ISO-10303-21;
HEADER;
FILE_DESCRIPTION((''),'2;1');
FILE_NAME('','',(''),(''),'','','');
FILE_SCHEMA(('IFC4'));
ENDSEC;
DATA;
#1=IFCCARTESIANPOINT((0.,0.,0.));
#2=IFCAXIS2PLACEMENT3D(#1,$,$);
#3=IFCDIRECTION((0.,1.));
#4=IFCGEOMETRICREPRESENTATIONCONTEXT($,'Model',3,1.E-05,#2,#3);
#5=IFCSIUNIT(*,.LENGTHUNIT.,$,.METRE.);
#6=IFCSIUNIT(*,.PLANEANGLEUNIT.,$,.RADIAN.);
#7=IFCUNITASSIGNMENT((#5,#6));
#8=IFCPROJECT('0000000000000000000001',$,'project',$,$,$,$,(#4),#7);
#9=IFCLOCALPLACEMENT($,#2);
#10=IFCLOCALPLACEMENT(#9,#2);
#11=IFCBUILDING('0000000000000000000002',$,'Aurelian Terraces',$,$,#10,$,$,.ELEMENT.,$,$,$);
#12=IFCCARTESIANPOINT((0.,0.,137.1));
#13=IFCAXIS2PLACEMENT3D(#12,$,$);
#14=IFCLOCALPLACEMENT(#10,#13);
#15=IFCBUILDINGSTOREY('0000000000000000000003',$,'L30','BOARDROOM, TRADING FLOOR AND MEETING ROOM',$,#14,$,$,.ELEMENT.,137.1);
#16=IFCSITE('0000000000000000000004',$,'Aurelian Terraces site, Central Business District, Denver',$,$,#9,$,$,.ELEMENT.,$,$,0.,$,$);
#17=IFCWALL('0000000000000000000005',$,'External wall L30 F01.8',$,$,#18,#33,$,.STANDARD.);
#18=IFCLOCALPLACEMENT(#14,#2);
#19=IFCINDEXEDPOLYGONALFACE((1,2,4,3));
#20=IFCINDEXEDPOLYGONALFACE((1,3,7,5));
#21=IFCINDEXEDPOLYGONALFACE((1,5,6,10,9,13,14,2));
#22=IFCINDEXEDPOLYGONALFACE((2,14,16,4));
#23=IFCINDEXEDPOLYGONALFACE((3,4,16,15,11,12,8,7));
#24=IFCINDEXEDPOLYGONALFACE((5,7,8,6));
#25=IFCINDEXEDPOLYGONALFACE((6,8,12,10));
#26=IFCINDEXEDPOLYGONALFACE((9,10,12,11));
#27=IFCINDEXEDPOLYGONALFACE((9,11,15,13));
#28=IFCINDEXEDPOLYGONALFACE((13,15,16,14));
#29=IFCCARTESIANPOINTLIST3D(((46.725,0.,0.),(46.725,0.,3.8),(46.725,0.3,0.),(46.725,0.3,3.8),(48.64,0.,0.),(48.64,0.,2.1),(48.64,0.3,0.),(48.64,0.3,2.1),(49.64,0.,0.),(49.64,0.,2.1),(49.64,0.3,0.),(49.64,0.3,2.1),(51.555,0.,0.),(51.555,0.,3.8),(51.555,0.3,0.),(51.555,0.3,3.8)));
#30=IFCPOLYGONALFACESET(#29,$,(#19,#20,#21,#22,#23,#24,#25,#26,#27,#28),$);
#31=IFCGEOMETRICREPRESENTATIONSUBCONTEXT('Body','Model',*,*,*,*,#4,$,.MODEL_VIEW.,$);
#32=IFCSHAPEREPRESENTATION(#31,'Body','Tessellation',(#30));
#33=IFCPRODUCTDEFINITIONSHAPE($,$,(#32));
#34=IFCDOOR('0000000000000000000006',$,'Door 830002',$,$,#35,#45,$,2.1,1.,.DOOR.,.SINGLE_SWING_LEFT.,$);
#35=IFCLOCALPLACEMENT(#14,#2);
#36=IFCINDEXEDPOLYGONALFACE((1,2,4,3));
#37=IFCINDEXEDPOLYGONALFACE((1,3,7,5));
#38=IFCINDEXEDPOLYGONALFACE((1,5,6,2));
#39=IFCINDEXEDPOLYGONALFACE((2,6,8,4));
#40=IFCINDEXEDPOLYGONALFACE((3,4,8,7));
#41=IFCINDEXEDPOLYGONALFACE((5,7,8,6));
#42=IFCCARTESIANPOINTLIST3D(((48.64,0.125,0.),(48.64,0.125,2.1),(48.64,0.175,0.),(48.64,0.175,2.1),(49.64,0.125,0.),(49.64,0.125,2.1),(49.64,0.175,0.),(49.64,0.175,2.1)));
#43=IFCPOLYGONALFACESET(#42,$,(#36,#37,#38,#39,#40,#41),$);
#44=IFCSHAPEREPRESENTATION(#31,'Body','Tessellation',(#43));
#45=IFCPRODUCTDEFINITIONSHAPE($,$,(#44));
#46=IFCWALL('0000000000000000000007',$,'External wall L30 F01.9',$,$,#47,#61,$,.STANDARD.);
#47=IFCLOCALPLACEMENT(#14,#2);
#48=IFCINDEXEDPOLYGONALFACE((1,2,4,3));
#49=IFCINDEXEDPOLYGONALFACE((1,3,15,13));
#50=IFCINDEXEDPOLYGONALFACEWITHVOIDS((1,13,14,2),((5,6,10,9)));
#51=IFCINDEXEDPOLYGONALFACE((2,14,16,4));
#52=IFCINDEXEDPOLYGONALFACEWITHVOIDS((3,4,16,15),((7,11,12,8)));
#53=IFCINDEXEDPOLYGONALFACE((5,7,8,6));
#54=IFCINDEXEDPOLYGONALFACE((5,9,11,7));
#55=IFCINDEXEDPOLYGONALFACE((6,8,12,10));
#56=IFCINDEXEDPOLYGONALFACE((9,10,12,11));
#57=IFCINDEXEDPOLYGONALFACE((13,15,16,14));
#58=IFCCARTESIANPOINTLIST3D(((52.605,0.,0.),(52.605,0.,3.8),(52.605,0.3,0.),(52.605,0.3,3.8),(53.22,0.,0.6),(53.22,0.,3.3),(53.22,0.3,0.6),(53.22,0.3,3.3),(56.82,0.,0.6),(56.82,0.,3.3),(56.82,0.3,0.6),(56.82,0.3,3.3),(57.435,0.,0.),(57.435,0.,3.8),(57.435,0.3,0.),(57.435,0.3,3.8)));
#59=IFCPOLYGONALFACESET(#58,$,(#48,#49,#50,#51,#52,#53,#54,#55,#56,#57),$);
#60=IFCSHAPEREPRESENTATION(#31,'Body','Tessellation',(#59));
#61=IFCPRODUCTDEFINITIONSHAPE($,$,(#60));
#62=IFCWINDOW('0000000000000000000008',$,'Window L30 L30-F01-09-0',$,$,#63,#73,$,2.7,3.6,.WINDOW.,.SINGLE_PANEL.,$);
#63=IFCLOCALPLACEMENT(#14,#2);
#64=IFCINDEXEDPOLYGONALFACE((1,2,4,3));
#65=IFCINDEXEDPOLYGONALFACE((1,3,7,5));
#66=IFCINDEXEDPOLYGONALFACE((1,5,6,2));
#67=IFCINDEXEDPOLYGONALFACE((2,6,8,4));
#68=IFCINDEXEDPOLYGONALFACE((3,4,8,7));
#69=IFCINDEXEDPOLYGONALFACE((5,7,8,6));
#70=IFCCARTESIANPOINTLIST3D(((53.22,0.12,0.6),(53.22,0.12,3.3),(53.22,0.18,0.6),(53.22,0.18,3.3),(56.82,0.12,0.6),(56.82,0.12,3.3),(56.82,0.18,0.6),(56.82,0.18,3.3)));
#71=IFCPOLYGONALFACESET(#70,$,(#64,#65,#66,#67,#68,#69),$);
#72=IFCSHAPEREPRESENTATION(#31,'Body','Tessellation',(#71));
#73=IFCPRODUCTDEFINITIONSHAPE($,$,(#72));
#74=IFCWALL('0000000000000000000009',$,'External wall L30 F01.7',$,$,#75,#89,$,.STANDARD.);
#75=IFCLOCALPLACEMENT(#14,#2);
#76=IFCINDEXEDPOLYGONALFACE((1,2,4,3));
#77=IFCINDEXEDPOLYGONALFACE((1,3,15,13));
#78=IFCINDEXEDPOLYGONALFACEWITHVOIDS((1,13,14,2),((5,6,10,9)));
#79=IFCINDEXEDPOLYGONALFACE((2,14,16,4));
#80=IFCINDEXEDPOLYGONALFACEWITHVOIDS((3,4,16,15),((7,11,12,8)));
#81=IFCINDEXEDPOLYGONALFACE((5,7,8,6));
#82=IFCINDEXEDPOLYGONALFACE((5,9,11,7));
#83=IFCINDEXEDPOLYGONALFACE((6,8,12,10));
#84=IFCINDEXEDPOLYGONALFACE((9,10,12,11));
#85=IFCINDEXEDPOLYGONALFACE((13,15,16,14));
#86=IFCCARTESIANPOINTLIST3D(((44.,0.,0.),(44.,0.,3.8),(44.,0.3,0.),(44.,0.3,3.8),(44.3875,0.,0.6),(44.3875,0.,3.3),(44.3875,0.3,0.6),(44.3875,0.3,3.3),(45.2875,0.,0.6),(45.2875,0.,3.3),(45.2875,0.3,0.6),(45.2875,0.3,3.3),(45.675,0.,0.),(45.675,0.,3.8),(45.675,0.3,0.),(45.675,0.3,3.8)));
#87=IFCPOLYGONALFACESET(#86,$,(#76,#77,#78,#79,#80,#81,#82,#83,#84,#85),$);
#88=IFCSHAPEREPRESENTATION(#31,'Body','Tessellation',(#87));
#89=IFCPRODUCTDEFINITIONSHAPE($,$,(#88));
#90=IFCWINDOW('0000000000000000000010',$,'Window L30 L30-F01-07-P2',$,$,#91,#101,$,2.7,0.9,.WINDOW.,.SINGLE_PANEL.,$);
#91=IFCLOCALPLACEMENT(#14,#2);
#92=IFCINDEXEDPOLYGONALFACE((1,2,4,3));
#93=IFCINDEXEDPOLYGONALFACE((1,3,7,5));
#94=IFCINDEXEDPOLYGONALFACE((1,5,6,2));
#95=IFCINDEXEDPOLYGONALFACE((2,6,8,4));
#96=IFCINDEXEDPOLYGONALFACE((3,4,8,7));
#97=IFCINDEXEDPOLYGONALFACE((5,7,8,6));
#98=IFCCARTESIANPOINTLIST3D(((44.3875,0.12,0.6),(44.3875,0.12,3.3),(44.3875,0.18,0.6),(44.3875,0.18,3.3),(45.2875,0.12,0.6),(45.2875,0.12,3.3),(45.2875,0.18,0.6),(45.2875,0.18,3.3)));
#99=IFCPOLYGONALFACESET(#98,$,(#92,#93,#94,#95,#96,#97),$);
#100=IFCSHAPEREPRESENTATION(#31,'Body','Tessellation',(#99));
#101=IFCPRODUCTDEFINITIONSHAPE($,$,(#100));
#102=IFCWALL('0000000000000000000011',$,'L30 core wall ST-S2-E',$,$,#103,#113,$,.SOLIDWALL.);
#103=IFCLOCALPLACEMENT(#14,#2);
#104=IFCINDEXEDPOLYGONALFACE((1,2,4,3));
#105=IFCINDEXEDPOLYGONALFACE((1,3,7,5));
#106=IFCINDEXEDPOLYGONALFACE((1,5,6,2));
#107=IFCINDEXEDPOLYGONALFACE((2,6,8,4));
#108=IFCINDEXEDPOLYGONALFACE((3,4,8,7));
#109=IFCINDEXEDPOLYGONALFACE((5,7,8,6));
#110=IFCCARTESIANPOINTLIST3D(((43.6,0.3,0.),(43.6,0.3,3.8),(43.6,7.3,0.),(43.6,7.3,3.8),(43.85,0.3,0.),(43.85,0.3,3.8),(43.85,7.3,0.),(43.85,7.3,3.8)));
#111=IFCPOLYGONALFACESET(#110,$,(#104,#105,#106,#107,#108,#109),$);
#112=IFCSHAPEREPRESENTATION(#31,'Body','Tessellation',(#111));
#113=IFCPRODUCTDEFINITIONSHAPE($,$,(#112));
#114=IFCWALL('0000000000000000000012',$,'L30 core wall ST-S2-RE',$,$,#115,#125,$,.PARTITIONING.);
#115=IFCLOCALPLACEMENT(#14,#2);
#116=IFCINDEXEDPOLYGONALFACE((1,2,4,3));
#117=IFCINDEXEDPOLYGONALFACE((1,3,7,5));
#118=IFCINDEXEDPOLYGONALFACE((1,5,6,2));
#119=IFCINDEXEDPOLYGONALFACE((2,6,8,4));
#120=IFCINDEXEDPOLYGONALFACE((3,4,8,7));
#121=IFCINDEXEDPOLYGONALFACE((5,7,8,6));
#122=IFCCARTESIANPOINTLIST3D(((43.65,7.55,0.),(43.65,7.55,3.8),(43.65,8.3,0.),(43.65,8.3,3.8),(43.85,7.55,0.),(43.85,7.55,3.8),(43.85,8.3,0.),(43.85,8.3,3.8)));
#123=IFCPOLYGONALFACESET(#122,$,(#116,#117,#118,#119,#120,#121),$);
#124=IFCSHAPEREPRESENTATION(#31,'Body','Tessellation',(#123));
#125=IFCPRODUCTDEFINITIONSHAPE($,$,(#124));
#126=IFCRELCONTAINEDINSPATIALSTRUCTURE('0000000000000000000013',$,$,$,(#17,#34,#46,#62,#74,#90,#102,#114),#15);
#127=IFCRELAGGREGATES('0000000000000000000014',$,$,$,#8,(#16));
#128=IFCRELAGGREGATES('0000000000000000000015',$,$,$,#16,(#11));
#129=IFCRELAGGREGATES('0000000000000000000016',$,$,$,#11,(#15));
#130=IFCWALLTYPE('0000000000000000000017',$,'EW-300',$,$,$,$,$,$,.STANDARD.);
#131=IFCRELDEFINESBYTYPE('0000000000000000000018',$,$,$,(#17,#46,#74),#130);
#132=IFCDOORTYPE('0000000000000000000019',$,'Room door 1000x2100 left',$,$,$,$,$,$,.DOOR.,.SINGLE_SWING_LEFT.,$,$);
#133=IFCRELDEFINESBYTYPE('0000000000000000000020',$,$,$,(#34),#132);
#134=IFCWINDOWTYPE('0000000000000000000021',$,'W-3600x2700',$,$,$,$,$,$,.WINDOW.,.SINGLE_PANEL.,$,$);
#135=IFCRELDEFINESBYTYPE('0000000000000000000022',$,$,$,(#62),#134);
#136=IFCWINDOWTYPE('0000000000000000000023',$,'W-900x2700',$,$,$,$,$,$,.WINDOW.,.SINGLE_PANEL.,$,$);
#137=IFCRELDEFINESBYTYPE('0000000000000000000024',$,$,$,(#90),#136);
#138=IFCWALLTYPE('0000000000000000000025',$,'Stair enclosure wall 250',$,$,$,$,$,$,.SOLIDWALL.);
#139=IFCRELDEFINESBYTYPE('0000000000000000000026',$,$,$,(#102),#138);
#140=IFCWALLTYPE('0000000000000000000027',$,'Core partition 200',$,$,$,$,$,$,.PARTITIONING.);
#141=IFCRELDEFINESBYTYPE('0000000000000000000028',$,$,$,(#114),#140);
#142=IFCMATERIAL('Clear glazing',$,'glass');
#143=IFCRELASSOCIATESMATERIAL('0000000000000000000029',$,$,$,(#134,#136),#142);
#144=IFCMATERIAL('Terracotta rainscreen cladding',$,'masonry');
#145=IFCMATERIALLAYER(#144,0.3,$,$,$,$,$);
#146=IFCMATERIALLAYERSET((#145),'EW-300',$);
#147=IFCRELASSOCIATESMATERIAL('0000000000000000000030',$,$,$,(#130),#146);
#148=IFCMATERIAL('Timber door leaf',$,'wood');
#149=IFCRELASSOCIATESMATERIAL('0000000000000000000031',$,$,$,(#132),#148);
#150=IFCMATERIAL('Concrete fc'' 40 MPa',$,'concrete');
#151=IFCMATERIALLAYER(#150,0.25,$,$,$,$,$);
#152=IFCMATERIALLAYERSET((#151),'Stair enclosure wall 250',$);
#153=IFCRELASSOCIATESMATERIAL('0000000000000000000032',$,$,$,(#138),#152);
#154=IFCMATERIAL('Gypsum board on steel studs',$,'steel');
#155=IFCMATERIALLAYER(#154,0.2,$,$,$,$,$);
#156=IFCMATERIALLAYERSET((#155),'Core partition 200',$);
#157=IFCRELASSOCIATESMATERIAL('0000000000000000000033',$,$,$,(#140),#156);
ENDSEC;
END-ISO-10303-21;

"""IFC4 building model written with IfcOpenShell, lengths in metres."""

from ifc_helpers import new_model, si_unit, direction, frame, frame_2d, origin, place, context, subcontext, project, spatial, rectangle, extrude, source, transform, mapped, material, layer, layer_set, type_object, element, fill, save


model = new_model("IFC4")

# Units and contexts
model_context = context("Model", 3, precision=1e-05, world=origin(), true_north=direction((0.0, 1.0)))
body_context = subcontext(model_context, "Body", "Model", "MODEL_VIEW")
ifc_project = project(units=[si_unit("LENGTHUNIT", "METRE"), si_unit("PLANEANGLEUNIT", "RADIAN")], contexts=[model_context])

# Site, building, storey
site_placement = place(None, origin())
site = spatial("IfcSite", under=ifc_project, at=site_placement, Name="Aurelian Terraces site, Central Business District, Denver", CompositionType="ELEMENT", RefElevation=0.0)
building_placement = place(site_placement, origin())
building = spatial("IfcBuilding", under=site, at=building_placement, Name="Aurelian Terraces", CompositionType="ELEMENT")
storey_placement = place(building_placement, frame((0.0, 0.0, 137.1)))
storey = spatial("IfcBuildingStorey", under=building, at=storey_placement, Name="L30", Description="BOARDROOM, TRADING FLOOR AND MEETING ROOM", CompositionType="ELEMENT", Elevation=137.1)

# Shared definitions
ifc_material_1 = material(Name="Concrete fc' 40 MPa", Category="concrete")
ifc_material_2 = material(Name="Clear glazing", Category="glass")
shared_shape_1 = source(origin(), body_context, "Body", "SweptSolid", [
    extrude(rectangle(XDim=3.6, YDim=2.7, at=frame_2d((1.8, 1.35))), frame((0.0, 0.16, 0.0), z_axis=(0.0, -1.0, 0.0), x_axis=(1.0, 0.0, 0.0)), (0.0, 0.0, 1.0), 0.32),
])
window_type_1 = type_object("IfcWindowType", Name="W-3600x2700", PartitioningType="SINGLE_PANEL", PredefinedType="WINDOW", material=ifc_material_2)
shared_shape_2 = source(origin(), body_context, "Body", "SweptSolid", [
    extrude(rectangle(XDim=3.6, YDim=2.7, at=frame_2d((1.8, 1.35))), frame((0.0, 0.03, 0.0), z_axis=(0.0, -1.0, 0.0), x_axis=(1.0, 0.0, 0.0)), (0.0, 0.0, 1.0), 0.06),
])

# Wall, opening, door
ifc_material_3 = material(Name="Terracotta rainscreen cladding", Category="masonry")
ifc_layer_1 = layer(ifc_material_3, 0.3)
ifc_layer_set_1 = layer_set([ifc_layer_1], Name="EW-300")
wall_type_1 = type_object("IfcWallType", Name="EW-300", PredefinedType="STANDARD", material=ifc_layer_set_1)
shared_shape_3 = source(origin(), body_context, "Body", "SweptSolid", [
    extrude(rectangle(XDim=4.83, YDim=0.3, at=frame_2d((2.415, 0.0))), origin(), (0.0, 0.0, 1.0), 3.8),
])
wall_1_placement = place(storey_placement, frame((46.725, 0.15, 0.0), z_axis=(0.0, 0.0, 1.0), x_axis=(1.0, 0.0, 0.0)))
wall_1 = element("IfcWall", 1, at=wall_1_placement, inside=storey, type_object=wall_type_1, Name="External wall L30 F01.8", PredefinedType="STANDARD", context=body_context, shape_type="MappedRepresentation", body=[
    mapped(shared_shape_3, transform((0.0, 0.0, 0.0), scale=1.0)),
])
shared_shape_4 = source(origin(), body_context, "Body", "SweptSolid", [
    extrude(rectangle(XDim=1.0, YDim=2.1, at=frame_2d((0.5, 1.05))), frame((0.0, 0.16, 0.0), z_axis=(0.0, -1.0, 0.0), x_axis=(1.0, 0.0, 0.0)), (0.0, 0.0, 1.0), 0.32),
])
opening_1_placement = place(wall_1_placement, frame((1.915, 0.0, 0.0)))
opening_1 = element("IfcOpeningElement", 2, at=opening_1_placement, cuts=wall_1, PredefinedType="OPENING", context=body_context, shape_type="MappedRepresentation", body=[
    mapped(shared_shape_4, transform((0.0, 0.0, 0.0), scale=1.0)),
])
ifc_material_4 = material(Name="Timber door leaf", Category="wood")
door_type_1 = type_object("IfcDoorType", Name="Room door 1000x2100 left", OperationType="SINGLE_SWING_LEFT", PredefinedType="DOOR", material=ifc_material_4)
shared_shape_5 = source(origin(), body_context, "Body", "SweptSolid", [
    extrude(rectangle(XDim=1.0, YDim=2.1, at=frame_2d((0.5, 1.05))), frame((0.0, 0.025, 0.0), z_axis=(0.0, -1.0, 0.0), x_axis=(1.0, 0.0, 0.0)), (0.0, 0.0, 1.0), 0.05),
])
door_1_placement = place(opening_1_placement, origin())
door_1 = element("IfcDoor", 3, at=door_1_placement, inside=storey, type_object=door_type_1, Name="Door 830002", OperationType="SINGLE_SWING_LEFT", OverallHeight=2.1, OverallWidth=1.0, PredefinedType="DOOR", context=body_context, shape_type="MappedRepresentation", body=[
    mapped(shared_shape_5, transform((0.0, 0.0, 0.0), scale=1.0)),
])
fill(opening_1, door_1)

# Walls, openings, windows
wall_2_placement = place(storey_placement, frame((52.605, 0.15, 0.0), z_axis=(0.0, 0.0, 1.0), x_axis=(1.0, 0.0, 0.0)))
wall_2 = element("IfcWall", 4, at=wall_2_placement, inside=storey, type_object=wall_type_1, Name="External wall L30 F01.9", PredefinedType="STANDARD", context=body_context, shape_type="MappedRepresentation", body=[
    mapped(shared_shape_3, transform((0.0, 0.0, 0.0), scale=1.0)),
])
opening_2_placement = place(wall_2_placement, frame((0.615, 0.0, 0.6)))
opening_2 = element("IfcOpeningElement", 5, at=opening_2_placement, cuts=wall_2, PredefinedType="OPENING", context=body_context, shape_type="MappedRepresentation", body=[
    mapped(shared_shape_1, transform((0.0, 0.0, 0.0), scale=1.0)),
])
window_1_placement = place(opening_2_placement, origin())
window_1 = element("IfcWindow", 6, at=window_1_placement, inside=storey, type_object=window_type_1, Name="Window L30 L30-F01-09-0", OverallHeight=2.7, OverallWidth=3.6, PartitioningType="SINGLE_PANEL", PredefinedType="WINDOW", context=body_context, shape_type="MappedRepresentation", body=[
    mapped(shared_shape_2, transform((0.0, 0.0, 0.0), scale=1.0)),
])
fill(opening_2, window_1)
shared_shape_6 = source(origin(), body_context, "Body", "SweptSolid", [
    extrude(rectangle(XDim=1.675, YDim=0.3, at=frame_2d((0.8375, 0.0))), origin(), (0.0, 0.0, 1.0), 3.8),
])
wall_3_placement = place(storey_placement, frame((44.0, 0.15, 0.0), z_axis=(0.0, 0.0, 1.0), x_axis=(1.0, 0.0, 0.0)))
wall_3 = element("IfcWall", 7, at=wall_3_placement, inside=storey, type_object=wall_type_1, Name="External wall L30 F01.7", PredefinedType="STANDARD", context=body_context, shape_type="MappedRepresentation", body=[
    mapped(shared_shape_6, transform((0.0, 0.0, 0.0), scale=1.0)),
])
shared_shape_7 = source(origin(), body_context, "Body", "SweptSolid", [
    extrude(rectangle(XDim=0.9, YDim=2.7, at=frame_2d((0.45, 1.35))), frame((0.0, 0.16, 0.0), z_axis=(0.0, -1.0, 0.0), x_axis=(1.0, 0.0, 0.0)), (0.0, 0.0, 1.0), 0.32),
])
opening_3_placement = place(wall_3_placement, frame((0.3875, 0.0, 0.6)))
opening_3 = element("IfcOpeningElement", 8, at=opening_3_placement, cuts=wall_3, PredefinedType="OPENING", context=body_context, shape_type="MappedRepresentation", body=[
    mapped(shared_shape_7, transform((0.0, 0.0, 0.0), scale=1.0)),
])
window_type_2 = type_object("IfcWindowType", Name="W-900x2700", PartitioningType="SINGLE_PANEL", PredefinedType="WINDOW", material=ifc_material_2)
shared_shape_8 = source(origin(), body_context, "Body", "SweptSolid", [
    extrude(rectangle(XDim=0.9, YDim=2.7, at=frame_2d((0.45, 1.35))), frame((0.0, 0.03, 0.0), z_axis=(0.0, -1.0, 0.0), x_axis=(1.0, 0.0, 0.0)), (0.0, 0.0, 1.0), 0.06),
])
window_2_placement = place(opening_3_placement, origin())
window_2 = element("IfcWindow", 9, at=window_2_placement, inside=storey, type_object=window_type_2, Name="Window L30 L30-F01-07-P2", OverallHeight=2.7, OverallWidth=0.9, PartitioningType="SINGLE_PANEL", PredefinedType="WINDOW", context=body_context, shape_type="MappedRepresentation", body=[
    mapped(shared_shape_8, transform((0.0, 0.0, 0.0), scale=1.0)),
])
fill(opening_3, window_2)

# Walls
ifc_layer_2 = layer(ifc_material_1, 0.25)
ifc_layer_set_2 = layer_set([ifc_layer_2], Name="Stair enclosure wall 250")
wall_type_2 = type_object("IfcWallType", Name="Stair enclosure wall 250", PredefinedType="SOLIDWALL", material=ifc_layer_set_2)
shared_shape_9 = source(origin(), body_context, "Body", "SweptSolid", [
    extrude(rectangle(XDim=7.0, YDim=0.25, at=frame_2d((3.5, 0.0))), origin(), (0.0, 0.0, 1.0), 3.8),
])
wall_4_placement = place(storey_placement, frame((43.725, 0.3, 0.0), z_axis=(0.0, 0.0, 1.0), x_axis=(0.0, 1.0, 0.0)))
element("IfcWall", 10, at=wall_4_placement, inside=storey, type_object=wall_type_2, Name="L30 core wall ST-S2-E", PredefinedType="SOLIDWALL", context=body_context, shape_type="MappedRepresentation", body=[
    mapped(shared_shape_9, transform((0.0, 0.0, 0.0), scale=1.0)),
])
ifc_material_5 = material(Name="Gypsum board on steel studs", Category="steel")
ifc_layer_3 = layer(ifc_material_5, 0.2)
ifc_layer_set_3 = layer_set([ifc_layer_3], Name="Core partition 200")
wall_type_3 = type_object("IfcWallType", Name="Core partition 200", PredefinedType="PARTITIONING", material=ifc_layer_set_3)
shared_shape_10 = source(origin(), body_context, "Body", "SweptSolid", [
    extrude(rectangle(XDim=0.75, YDim=0.2, at=frame_2d((0.375, 0.0))), origin(), (0.0, 0.0, 1.0), 3.8),
])
wall_5_placement = place(storey_placement, frame((43.75, 7.55, 0.0), z_axis=(0.0, 0.0, 1.0), x_axis=(0.0, 1.0, 0.0)))
element("IfcWall", 11, at=wall_5_placement, inside=storey, type_object=wall_type_3, Name="L30 core wall ST-S2-RE", PredefinedType="PARTITIONING", context=body_context, shape_type="MappedRepresentation", body=[
    mapped(shared_shape_10, transform((0.0, 0.0, 0.0), scale=1.0)),
])

save(model, "model.ifc")
